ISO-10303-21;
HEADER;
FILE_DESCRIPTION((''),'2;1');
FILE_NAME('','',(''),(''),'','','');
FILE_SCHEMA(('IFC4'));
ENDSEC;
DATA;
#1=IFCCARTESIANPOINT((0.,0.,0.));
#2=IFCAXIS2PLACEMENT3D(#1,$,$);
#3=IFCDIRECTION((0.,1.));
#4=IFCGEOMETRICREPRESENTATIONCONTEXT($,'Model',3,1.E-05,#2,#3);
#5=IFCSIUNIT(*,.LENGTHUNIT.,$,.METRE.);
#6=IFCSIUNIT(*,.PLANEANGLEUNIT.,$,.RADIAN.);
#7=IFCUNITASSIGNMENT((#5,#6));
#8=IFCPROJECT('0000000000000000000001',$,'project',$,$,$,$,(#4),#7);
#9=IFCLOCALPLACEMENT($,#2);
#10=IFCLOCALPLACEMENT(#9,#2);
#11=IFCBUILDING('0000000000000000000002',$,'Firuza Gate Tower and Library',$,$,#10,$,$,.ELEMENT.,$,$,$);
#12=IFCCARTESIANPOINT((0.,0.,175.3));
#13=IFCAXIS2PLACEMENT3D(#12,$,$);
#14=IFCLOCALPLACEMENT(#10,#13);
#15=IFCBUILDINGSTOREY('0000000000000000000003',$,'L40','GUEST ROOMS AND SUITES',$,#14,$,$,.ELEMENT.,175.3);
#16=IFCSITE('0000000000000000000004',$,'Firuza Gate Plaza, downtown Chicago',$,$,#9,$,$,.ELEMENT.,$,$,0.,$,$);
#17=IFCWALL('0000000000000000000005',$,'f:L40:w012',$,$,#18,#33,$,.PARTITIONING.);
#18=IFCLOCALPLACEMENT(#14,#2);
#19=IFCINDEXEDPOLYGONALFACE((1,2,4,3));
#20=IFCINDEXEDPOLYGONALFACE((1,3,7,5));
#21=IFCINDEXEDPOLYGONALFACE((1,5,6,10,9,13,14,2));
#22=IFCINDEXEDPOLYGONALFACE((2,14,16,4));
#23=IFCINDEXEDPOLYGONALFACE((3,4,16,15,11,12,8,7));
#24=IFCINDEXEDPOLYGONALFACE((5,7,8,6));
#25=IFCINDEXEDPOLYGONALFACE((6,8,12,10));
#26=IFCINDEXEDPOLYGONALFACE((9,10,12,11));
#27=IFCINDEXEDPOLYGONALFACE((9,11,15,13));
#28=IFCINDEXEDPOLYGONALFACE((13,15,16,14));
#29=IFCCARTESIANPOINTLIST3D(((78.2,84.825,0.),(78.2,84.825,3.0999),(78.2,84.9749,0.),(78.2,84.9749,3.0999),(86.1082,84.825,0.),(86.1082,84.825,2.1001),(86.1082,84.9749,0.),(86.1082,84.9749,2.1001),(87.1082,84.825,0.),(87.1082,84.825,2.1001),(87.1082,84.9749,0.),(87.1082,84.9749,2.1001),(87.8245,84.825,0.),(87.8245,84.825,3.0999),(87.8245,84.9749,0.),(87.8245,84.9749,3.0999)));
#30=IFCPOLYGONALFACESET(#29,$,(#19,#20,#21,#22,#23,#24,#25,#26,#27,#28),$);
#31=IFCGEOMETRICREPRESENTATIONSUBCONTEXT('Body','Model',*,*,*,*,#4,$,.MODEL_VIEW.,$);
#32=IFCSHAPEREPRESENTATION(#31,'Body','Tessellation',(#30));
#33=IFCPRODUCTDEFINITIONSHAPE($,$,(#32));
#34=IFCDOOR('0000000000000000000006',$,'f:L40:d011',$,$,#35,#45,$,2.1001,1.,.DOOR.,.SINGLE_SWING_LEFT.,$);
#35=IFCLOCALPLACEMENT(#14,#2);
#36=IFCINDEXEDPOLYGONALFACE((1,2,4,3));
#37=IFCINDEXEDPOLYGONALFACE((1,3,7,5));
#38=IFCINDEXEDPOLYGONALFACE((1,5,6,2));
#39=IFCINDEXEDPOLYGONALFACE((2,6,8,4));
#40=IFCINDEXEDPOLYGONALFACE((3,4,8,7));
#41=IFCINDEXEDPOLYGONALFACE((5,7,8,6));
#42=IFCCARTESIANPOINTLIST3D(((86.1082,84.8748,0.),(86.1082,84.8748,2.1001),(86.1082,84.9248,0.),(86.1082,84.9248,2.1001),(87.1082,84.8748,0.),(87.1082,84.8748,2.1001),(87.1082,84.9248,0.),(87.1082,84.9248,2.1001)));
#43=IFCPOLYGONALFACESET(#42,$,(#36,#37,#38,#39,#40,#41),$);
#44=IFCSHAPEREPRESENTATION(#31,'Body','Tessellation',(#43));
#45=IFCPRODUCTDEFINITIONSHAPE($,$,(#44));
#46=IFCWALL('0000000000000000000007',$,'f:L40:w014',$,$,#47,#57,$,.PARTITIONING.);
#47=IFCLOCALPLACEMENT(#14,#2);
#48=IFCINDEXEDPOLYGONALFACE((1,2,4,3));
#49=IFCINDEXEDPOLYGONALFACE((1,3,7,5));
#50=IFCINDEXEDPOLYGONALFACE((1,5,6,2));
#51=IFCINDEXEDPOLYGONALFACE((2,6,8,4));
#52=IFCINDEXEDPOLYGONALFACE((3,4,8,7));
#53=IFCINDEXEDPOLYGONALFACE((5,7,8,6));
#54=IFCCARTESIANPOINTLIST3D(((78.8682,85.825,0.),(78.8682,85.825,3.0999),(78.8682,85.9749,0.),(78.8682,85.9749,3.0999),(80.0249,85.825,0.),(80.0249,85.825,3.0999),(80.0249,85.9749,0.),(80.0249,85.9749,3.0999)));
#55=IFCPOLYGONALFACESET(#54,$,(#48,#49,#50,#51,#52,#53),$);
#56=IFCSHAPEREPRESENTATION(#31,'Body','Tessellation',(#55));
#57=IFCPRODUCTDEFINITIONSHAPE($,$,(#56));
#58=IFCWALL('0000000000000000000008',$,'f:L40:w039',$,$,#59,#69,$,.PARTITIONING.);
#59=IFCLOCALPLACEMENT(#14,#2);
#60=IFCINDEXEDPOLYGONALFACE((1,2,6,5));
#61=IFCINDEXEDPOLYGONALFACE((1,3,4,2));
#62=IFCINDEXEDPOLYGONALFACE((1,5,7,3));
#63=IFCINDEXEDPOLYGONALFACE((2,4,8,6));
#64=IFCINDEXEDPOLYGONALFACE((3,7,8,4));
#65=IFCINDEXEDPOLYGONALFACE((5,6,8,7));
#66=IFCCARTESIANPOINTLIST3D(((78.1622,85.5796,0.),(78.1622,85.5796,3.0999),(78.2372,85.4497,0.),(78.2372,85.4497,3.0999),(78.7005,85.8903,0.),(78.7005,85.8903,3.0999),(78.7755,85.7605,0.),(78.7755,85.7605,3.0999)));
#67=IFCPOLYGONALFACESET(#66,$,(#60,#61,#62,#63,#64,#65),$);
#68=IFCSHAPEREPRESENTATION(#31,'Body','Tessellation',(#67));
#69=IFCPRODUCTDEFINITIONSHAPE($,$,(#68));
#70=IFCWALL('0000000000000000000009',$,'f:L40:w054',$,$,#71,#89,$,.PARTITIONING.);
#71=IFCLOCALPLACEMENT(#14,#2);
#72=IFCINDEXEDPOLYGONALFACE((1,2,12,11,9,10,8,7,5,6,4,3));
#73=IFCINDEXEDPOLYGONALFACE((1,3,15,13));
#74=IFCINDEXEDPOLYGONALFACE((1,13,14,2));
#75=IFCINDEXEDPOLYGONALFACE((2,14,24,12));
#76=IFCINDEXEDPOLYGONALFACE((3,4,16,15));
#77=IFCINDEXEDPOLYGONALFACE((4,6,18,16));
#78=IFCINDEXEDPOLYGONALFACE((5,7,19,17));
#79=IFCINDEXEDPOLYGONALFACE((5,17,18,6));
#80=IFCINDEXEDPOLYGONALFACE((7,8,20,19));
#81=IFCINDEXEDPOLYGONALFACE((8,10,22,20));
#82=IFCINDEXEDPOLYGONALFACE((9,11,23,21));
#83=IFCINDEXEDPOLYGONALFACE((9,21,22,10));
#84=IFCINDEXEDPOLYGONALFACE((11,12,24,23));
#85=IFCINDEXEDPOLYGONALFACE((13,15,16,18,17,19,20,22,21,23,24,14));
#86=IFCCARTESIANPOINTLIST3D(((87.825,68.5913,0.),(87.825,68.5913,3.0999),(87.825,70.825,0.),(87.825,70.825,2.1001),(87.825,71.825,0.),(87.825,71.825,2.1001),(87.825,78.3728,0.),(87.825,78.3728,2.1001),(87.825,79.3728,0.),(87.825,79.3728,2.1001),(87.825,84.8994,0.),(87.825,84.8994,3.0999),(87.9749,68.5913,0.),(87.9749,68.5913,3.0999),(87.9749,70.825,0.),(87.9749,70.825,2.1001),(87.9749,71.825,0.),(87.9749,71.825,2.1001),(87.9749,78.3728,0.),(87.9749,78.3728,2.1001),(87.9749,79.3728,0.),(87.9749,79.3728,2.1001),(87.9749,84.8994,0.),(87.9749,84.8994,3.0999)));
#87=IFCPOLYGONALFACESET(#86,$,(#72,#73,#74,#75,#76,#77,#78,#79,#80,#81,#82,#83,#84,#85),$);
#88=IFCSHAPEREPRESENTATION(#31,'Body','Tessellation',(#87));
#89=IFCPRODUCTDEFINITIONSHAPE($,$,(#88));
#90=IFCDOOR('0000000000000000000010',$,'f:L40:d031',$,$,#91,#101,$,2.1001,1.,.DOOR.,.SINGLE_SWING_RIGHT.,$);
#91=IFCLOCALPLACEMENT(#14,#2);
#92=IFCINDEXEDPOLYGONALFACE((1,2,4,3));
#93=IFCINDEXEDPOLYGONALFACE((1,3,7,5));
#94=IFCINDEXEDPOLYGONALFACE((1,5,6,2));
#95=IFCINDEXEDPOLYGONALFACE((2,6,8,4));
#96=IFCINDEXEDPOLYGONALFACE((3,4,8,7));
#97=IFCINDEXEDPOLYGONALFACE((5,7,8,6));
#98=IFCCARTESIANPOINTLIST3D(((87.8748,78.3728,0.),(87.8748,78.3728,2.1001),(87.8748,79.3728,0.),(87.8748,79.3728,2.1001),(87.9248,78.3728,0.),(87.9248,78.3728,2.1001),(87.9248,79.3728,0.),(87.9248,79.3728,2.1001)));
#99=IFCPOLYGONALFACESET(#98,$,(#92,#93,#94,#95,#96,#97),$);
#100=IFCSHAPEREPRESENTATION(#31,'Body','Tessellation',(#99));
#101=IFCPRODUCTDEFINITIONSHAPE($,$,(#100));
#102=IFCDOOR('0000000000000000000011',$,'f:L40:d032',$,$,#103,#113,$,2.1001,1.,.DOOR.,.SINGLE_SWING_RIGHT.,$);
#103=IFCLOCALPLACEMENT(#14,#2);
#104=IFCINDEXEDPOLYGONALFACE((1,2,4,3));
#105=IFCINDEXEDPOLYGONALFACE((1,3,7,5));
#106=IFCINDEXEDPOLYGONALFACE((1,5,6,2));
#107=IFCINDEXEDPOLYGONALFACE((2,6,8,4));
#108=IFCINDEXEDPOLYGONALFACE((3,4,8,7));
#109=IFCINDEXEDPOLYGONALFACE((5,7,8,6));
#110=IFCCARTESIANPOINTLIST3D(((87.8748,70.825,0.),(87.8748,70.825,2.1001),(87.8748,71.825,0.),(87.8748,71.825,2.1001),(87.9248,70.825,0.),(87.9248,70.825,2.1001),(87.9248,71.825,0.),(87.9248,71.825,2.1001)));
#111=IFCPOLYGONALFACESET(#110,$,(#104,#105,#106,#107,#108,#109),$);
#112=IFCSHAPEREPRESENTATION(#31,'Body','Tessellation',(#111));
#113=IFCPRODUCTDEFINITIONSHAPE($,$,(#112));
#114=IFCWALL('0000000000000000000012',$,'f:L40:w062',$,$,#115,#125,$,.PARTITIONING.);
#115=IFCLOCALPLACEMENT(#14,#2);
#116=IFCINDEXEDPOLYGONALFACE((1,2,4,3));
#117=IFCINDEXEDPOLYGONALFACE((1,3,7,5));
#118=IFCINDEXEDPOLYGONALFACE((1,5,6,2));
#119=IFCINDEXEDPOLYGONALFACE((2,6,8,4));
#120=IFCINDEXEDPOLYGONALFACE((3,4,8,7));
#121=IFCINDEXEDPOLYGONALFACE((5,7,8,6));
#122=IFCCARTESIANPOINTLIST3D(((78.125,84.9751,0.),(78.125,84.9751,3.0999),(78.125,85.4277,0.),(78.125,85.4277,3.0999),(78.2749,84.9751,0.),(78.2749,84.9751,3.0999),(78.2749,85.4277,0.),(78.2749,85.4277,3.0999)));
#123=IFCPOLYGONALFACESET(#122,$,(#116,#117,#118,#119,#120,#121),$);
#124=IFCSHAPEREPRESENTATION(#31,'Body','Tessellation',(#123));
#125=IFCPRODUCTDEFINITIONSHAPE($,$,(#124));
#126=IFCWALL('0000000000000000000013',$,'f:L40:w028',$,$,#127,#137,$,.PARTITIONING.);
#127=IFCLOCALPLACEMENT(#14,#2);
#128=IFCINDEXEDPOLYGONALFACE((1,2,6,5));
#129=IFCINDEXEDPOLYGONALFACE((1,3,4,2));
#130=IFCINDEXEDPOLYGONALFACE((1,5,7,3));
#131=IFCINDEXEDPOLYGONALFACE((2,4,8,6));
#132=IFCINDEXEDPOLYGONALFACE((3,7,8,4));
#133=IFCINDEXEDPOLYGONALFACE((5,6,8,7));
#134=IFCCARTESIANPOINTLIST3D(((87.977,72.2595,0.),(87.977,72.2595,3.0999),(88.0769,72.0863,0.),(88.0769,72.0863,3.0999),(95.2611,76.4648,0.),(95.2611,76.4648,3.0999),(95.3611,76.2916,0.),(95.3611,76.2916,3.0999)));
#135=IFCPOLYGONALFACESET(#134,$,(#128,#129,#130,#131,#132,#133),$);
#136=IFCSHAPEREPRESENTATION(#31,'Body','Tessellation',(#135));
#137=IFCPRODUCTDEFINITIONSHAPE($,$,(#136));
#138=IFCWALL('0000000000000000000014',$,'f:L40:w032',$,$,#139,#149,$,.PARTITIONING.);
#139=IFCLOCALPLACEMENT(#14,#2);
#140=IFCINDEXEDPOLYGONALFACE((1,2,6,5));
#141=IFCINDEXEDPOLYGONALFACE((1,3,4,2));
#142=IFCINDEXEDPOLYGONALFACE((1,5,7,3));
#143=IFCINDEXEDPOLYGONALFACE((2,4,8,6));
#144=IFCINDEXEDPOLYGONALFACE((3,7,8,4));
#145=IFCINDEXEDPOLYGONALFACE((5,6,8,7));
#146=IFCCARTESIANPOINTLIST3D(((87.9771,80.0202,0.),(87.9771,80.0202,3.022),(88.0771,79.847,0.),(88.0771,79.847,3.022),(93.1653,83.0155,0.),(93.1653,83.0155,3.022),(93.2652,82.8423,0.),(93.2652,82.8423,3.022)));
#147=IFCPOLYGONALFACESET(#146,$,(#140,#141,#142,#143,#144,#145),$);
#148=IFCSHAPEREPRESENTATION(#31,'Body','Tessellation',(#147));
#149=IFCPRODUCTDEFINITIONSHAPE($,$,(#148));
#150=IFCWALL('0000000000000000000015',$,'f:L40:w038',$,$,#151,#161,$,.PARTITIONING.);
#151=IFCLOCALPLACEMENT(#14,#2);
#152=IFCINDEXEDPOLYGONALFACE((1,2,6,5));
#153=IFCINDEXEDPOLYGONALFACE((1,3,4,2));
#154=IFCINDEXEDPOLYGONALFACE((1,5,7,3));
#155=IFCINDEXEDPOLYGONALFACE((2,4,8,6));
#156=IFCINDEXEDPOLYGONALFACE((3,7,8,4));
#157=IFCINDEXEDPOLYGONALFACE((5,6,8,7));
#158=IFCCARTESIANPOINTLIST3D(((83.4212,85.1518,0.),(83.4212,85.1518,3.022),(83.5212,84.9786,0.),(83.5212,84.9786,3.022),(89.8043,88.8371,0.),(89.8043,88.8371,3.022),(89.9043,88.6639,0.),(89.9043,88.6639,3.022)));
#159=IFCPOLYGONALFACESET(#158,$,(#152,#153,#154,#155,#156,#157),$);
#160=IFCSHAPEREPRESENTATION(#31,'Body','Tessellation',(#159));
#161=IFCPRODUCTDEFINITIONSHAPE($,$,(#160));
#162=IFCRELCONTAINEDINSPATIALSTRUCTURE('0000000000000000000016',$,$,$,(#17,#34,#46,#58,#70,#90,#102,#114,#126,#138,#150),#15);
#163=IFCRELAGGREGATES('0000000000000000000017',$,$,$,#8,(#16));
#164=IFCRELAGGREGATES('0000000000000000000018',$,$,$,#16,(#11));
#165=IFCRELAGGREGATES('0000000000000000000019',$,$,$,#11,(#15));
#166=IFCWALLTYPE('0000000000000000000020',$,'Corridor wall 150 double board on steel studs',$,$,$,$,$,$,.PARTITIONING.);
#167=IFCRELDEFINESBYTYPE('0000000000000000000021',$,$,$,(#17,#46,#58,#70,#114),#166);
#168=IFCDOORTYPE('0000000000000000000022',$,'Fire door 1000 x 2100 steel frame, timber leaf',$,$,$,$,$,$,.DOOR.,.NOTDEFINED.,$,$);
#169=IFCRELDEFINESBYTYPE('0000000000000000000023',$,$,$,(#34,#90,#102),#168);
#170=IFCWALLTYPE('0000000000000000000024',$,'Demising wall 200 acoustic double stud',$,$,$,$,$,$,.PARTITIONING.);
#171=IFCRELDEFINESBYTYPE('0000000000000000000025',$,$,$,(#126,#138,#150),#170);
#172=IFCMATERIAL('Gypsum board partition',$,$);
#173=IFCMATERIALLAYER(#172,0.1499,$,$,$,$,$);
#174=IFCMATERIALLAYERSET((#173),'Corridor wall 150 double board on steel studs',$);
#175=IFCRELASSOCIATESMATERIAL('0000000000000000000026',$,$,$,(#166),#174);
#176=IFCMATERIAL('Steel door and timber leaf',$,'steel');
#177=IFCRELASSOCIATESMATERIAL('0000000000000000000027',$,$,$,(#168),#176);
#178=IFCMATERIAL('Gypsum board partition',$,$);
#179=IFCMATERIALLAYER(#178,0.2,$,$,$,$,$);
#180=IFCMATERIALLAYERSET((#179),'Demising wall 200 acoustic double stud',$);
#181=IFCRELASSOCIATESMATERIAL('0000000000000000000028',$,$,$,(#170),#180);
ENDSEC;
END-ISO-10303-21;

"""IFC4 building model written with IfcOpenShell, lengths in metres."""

from ifc_helpers import new_model, si_unit, direction, frame, frame_2d, origin, place, context, subcontext, project, spatial, rectangle, extrude, material, layer, layer_set, type_object, element, fill, save


model = new_model("IFC4")

# Units and contexts
model_context = context("Model", 3, precision=1e-05, world=origin(), true_north=direction((0.0, 1.0)))
body_context = subcontext(model_context, "Body", "Model", "MODEL_VIEW")
ifc_project = project(units=[si_unit("LENGTHUNIT", "METRE"), si_unit("PLANEANGLEUNIT", "RADIAN")], contexts=[model_context])

# Site, building, storey
site_placement = place(None, origin())
site = spatial("IfcSite", under=ifc_project, at=site_placement, Name="Firuza Gate Plaza, downtown Chicago", CompositionType="ELEMENT", RefElevation=0.0)
building_placement = place(site_placement, origin())
building = spatial("IfcBuilding", under=site, at=building_placement, Name="Firuza Gate Tower and Library", CompositionType="ELEMENT")
storey_placement = place(building_placement, frame((0.0, 0.0, 175.3)))
storey = spatial("IfcBuildingStorey", under=building, at=storey_placement, Name="L40", Description="GUEST ROOMS AND SUITES", CompositionType="ELEMENT", Elevation=175.3)

# Wall, opening, door
ifc_material_1 = material(Name="Gypsum board partition")
ifc_layer_1 = layer(ifc_material_1, 0.1499)
ifc_layer_set_1 = layer_set([ifc_layer_1], Name="Corridor wall 150 double board on steel studs")
wall_type_1 = type_object("IfcWallType", Name="Corridor wall 150 double board on steel studs", PredefinedType="PARTITIONING", material=ifc_layer_set_1)
wall_1_placement = place(storey_placement, frame((78.2, 84.8999, 0.0), z_axis=(0.0, 0.0, 1.0), x_axis=(1.0, 0.0, 0.0)))
wall_1 = element("IfcWall", 1, at=wall_1_placement, inside=storey, type_object=wall_type_1, Name="f:L40:w012", PredefinedType="PARTITIONING", context=body_context, shape_type="SweptSolid", body=[
    extrude(rectangle(XDim=9.6245, YDim=0.1499, at=frame_2d((4.8123, 0.0))), origin(), (0.0, 0.0, 1.0), 3.0999),
])
opening_1_placement = place(wall_1_placement, frame((7.9082, 0.0, 0.0)))
opening_1 = element("IfcOpeningElement", 2, at=opening_1_placement, cuts=wall_1, PredefinedType="OPENING", context=body_context, shape_type="SweptSolid", body=[
    extrude(rectangle(XDim=1.0, YDim=2.1001, at=frame_2d((0.5, 1.05))), frame((0.0, 0.085, 0.0), z_axis=(0.0, -1.0, 0.0), x_axis=(1.0, 0.0, 0.0)), (0.0, 0.0, 1.0), 0.1699),
])
ifc_material_2 = material(Name="Steel door and timber leaf", Category="steel")
door_type_1 = type_object("IfcDoorType", Name="Fire door 1000 x 2100 steel frame, timber leaf", OperationType="NOTDEFINED", PredefinedType="DOOR", material=ifc_material_2)
door_1_placement = place(opening_1_placement, origin())
door_1 = element("IfcDoor", 3, at=door_1_placement, inside=storey, type_object=door_type_1, Name="f:L40:d011", OperationType="SINGLE_SWING_LEFT", OverallHeight=2.1001, OverallWidth=1.0, PredefinedType="DOOR", context=body_context, shape_type="SweptSolid", body=[
    extrude(rectangle(XDim=1.0, YDim=2.1001, at=frame_2d((0.5, 1.05))), frame((0.0, 0.0249, 0.0), z_axis=(0.0, -1.0, 0.0), x_axis=(1.0, 0.0, 0.0)), (0.0, 0.0, 1.0), 0.05),
])
fill(opening_1, door_1)

# Walls
wall_2_placement = place(storey_placement, frame((78.8682, 85.8999, 0.0), z_axis=(0.0, 0.0, 1.0), x_axis=(1.0, 0.0, 0.0)))
element("IfcWall", 4, at=wall_2_placement, inside=storey, type_object=wall_type_1, Name="f:L40:w014", PredefinedType="PARTITIONING", context=body_context, shape_type="SweptSolid", body=[
    extrude(rectangle(XDim=1.1567, YDim=0.1499, at=frame_2d((0.5784, 0.0))), origin(), (0.0, 0.0, 1.0), 3.0999),
])
wall_3_placement = place(storey_placement, frame((78.1997, 85.5146, 0.0), z_axis=(0.0, 0.0, 1.0), x_axis=(0.866035, 0.499983, 0.0)))
element("IfcWall", 5, at=wall_3_placement, inside=storey, type_object=wall_type_1, Name="f:L40:w039", PredefinedType="PARTITIONING", context=body_context, shape_type="SweptSolid", body=[
    extrude(rectangle(XDim=0.6216, YDim=0.1499, at=frame_2d((0.3108, 0.0))), origin(), (0.0, 0.0, 1.0), 3.0999),
])

# Wall, openings, doors
wall_4_placement = place(storey_placement, frame((87.8999, 84.8994, 0.0), z_axis=(0.0, 0.0, 1.0), x_axis=(0.0, -1.0, 0.0)))
wall_4 = element("IfcWall", 6, at=wall_4_placement, inside=storey, type_object=wall_type_1, Name="f:L40:w054", PredefinedType="PARTITIONING", context=body_context, shape_type="SweptSolid", body=[
    extrude(rectangle(XDim=16.3081, YDim=0.1499, at=frame_2d((8.1541, 0.0))), origin(), (0.0, 0.0, 1.0), 3.0999),
])
opening_2_placement = place(wall_4_placement, frame((5.5266, 0.0, 0.0)))
opening_2 = element("IfcOpeningElement", 7, at=opening_2_placement, cuts=wall_4, PredefinedType="OPENING", context=body_context, shape_type="SweptSolid", body=[
    extrude(rectangle(XDim=1.0, YDim=2.1001, at=frame_2d((0.5, 1.05))), frame((0.0, 0.085, 0.0), z_axis=(0.0, -1.0, 0.0), x_axis=(1.0, 0.0, 0.0)), (0.0, 0.0, 1.0), 0.1699),
])
opening_3_placement = place(wall_4_placement, frame((13.0745, 0.0, 0.0)))
opening_3 = element("IfcOpeningElement", 8, at=opening_3_placement, cuts=wall_4, PredefinedType="OPENING", context=body_context, shape_type="SweptSolid", body=[
    extrude(rectangle(XDim=1.0, YDim=2.1001, at=frame_2d((0.5, 1.05))), frame((0.0, 0.085, 0.0), z_axis=(0.0, -1.0, 0.0), x_axis=(1.0, 0.0, 0.0)), (0.0, 0.0, 1.0), 0.1699),
])
door_2_placement = place(opening_2_placement, origin())
door_2 = element("IfcDoor", 9, at=door_2_placement, inside=storey, type_object=door_type_1, Name="f:L40:d031", OperationType="SINGLE_SWING_RIGHT", OverallHeight=2.1001, OverallWidth=1.0, PredefinedType="DOOR", context=body_context, shape_type="SweptSolid", body=[
    extrude(rectangle(XDim=1.0, YDim=2.1001, at=frame_2d((0.5, 1.05))), frame((0.0, 0.0249, 0.0), z_axis=(0.0, -1.0, 0.0), x_axis=(1.0, 0.0, 0.0)), (0.0, 0.0, 1.0), 0.05),
])
fill(opening_2, door_2)
door_3_placement = place(opening_3_placement, origin())
door_3 = element("IfcDoor", 10, at=door_3_placement, inside=storey, type_object=door_type_1, Name="f:L40:d032", OperationType="SINGLE_SWING_RIGHT", OverallHeight=2.1001, OverallWidth=1.0, PredefinedType="DOOR", context=body_context, shape_type="SweptSolid", body=[
    extrude(rectangle(XDim=1.0, YDim=2.1001, at=frame_2d((0.5, 1.05))), frame((0.0, 0.0249, 0.0), z_axis=(0.0, -1.0, 0.0), x_axis=(1.0, 0.0, 0.0)), (0.0, 0.0, 1.0), 0.05),
])
fill(opening_3, door_3)

# Walls
wall_5_placement = place(storey_placement, frame((78.2, 84.9751, 0.0), z_axis=(0.0, 0.0, 1.0), x_axis=(0.0, 1.0, 0.0)))
element("IfcWall", 11, at=wall_5_placement, inside=storey, type_object=wall_type_1, Name="f:L40:w062", PredefinedType="PARTITIONING", context=body_context, shape_type="SweptSolid", body=[
    extrude(rectangle(XDim=0.4526, YDim=0.1499, at=frame_2d((0.2263, 0.0))), origin(), (0.0, 0.0, 1.0), 3.0999),
])
ifc_material_3 = material(Name="Gypsum board partition")
ifc_layer_2 = layer(ifc_material_3, 0.2)
ifc_layer_set_2 = layer_set([ifc_layer_2], Name="Demising wall 200 acoustic double stud")
wall_type_2 = type_object("IfcWallType", Name="Demising wall 200 acoustic double stud", PredefinedType="PARTITIONING", material=ifc_layer_set_2)
wall_6_placement = place(storey_placement, frame((88.0269, 72.1729, 0.0), z_axis=(0.0, 0.0, 1.0), x_axis=(0.866036, 0.499982, 0.0)))
element("IfcWall", 12, at=wall_6_placement, inside=storey, type_object=wall_type_2, Name="f:L40:w028", PredefinedType="PARTITIONING", context=body_context, shape_type="SweptSolid", body=[
    extrude(rectangle(XDim=8.4109, YDim=0.2, at=frame_2d((4.2056, 0.0))), origin(), (0.0, 0.0, 1.0), 3.0999),
])
wall_7_placement = place(storey_placement, frame((88.0271, 79.9336, 0.0), z_axis=(0.0, 0.0, 1.0), x_axis=(0.86603, 0.499992, 0.0)))
element("IfcWall", 13, at=wall_7_placement, inside=storey, type_object=wall_type_2, Name="f:L40:w032", PredefinedType="PARTITIONING", context=body_context, shape_type="SweptSolid", body=[
    extrude(rectangle(XDim=5.9907, YDim=0.2, at=frame_2d((2.9954, 0.0))), origin(), (0.0, 0.0, 1.0), 3.022),
])
wall_8_placement = place(storey_placement, frame((83.4712, 85.0652, 0.0), z_axis=(0.0, 0.0, 1.0), x_axis=(0.866023, 0.500004, 0.0)))
element("IfcWall", 14, at=wall_8_placement, inside=storey, type_object=wall_type_2, Name="f:L40:w038", PredefinedType="PARTITIONING", context=body_context, shape_type="SweptSolid", body=[
    extrude(rectangle(XDim=7.3706, YDim=0.2, at=frame_2d((3.6853, 0.0))), origin(), (0.0, 0.0, 1.0), 3.022),
])

save(model, "model.ifc")
